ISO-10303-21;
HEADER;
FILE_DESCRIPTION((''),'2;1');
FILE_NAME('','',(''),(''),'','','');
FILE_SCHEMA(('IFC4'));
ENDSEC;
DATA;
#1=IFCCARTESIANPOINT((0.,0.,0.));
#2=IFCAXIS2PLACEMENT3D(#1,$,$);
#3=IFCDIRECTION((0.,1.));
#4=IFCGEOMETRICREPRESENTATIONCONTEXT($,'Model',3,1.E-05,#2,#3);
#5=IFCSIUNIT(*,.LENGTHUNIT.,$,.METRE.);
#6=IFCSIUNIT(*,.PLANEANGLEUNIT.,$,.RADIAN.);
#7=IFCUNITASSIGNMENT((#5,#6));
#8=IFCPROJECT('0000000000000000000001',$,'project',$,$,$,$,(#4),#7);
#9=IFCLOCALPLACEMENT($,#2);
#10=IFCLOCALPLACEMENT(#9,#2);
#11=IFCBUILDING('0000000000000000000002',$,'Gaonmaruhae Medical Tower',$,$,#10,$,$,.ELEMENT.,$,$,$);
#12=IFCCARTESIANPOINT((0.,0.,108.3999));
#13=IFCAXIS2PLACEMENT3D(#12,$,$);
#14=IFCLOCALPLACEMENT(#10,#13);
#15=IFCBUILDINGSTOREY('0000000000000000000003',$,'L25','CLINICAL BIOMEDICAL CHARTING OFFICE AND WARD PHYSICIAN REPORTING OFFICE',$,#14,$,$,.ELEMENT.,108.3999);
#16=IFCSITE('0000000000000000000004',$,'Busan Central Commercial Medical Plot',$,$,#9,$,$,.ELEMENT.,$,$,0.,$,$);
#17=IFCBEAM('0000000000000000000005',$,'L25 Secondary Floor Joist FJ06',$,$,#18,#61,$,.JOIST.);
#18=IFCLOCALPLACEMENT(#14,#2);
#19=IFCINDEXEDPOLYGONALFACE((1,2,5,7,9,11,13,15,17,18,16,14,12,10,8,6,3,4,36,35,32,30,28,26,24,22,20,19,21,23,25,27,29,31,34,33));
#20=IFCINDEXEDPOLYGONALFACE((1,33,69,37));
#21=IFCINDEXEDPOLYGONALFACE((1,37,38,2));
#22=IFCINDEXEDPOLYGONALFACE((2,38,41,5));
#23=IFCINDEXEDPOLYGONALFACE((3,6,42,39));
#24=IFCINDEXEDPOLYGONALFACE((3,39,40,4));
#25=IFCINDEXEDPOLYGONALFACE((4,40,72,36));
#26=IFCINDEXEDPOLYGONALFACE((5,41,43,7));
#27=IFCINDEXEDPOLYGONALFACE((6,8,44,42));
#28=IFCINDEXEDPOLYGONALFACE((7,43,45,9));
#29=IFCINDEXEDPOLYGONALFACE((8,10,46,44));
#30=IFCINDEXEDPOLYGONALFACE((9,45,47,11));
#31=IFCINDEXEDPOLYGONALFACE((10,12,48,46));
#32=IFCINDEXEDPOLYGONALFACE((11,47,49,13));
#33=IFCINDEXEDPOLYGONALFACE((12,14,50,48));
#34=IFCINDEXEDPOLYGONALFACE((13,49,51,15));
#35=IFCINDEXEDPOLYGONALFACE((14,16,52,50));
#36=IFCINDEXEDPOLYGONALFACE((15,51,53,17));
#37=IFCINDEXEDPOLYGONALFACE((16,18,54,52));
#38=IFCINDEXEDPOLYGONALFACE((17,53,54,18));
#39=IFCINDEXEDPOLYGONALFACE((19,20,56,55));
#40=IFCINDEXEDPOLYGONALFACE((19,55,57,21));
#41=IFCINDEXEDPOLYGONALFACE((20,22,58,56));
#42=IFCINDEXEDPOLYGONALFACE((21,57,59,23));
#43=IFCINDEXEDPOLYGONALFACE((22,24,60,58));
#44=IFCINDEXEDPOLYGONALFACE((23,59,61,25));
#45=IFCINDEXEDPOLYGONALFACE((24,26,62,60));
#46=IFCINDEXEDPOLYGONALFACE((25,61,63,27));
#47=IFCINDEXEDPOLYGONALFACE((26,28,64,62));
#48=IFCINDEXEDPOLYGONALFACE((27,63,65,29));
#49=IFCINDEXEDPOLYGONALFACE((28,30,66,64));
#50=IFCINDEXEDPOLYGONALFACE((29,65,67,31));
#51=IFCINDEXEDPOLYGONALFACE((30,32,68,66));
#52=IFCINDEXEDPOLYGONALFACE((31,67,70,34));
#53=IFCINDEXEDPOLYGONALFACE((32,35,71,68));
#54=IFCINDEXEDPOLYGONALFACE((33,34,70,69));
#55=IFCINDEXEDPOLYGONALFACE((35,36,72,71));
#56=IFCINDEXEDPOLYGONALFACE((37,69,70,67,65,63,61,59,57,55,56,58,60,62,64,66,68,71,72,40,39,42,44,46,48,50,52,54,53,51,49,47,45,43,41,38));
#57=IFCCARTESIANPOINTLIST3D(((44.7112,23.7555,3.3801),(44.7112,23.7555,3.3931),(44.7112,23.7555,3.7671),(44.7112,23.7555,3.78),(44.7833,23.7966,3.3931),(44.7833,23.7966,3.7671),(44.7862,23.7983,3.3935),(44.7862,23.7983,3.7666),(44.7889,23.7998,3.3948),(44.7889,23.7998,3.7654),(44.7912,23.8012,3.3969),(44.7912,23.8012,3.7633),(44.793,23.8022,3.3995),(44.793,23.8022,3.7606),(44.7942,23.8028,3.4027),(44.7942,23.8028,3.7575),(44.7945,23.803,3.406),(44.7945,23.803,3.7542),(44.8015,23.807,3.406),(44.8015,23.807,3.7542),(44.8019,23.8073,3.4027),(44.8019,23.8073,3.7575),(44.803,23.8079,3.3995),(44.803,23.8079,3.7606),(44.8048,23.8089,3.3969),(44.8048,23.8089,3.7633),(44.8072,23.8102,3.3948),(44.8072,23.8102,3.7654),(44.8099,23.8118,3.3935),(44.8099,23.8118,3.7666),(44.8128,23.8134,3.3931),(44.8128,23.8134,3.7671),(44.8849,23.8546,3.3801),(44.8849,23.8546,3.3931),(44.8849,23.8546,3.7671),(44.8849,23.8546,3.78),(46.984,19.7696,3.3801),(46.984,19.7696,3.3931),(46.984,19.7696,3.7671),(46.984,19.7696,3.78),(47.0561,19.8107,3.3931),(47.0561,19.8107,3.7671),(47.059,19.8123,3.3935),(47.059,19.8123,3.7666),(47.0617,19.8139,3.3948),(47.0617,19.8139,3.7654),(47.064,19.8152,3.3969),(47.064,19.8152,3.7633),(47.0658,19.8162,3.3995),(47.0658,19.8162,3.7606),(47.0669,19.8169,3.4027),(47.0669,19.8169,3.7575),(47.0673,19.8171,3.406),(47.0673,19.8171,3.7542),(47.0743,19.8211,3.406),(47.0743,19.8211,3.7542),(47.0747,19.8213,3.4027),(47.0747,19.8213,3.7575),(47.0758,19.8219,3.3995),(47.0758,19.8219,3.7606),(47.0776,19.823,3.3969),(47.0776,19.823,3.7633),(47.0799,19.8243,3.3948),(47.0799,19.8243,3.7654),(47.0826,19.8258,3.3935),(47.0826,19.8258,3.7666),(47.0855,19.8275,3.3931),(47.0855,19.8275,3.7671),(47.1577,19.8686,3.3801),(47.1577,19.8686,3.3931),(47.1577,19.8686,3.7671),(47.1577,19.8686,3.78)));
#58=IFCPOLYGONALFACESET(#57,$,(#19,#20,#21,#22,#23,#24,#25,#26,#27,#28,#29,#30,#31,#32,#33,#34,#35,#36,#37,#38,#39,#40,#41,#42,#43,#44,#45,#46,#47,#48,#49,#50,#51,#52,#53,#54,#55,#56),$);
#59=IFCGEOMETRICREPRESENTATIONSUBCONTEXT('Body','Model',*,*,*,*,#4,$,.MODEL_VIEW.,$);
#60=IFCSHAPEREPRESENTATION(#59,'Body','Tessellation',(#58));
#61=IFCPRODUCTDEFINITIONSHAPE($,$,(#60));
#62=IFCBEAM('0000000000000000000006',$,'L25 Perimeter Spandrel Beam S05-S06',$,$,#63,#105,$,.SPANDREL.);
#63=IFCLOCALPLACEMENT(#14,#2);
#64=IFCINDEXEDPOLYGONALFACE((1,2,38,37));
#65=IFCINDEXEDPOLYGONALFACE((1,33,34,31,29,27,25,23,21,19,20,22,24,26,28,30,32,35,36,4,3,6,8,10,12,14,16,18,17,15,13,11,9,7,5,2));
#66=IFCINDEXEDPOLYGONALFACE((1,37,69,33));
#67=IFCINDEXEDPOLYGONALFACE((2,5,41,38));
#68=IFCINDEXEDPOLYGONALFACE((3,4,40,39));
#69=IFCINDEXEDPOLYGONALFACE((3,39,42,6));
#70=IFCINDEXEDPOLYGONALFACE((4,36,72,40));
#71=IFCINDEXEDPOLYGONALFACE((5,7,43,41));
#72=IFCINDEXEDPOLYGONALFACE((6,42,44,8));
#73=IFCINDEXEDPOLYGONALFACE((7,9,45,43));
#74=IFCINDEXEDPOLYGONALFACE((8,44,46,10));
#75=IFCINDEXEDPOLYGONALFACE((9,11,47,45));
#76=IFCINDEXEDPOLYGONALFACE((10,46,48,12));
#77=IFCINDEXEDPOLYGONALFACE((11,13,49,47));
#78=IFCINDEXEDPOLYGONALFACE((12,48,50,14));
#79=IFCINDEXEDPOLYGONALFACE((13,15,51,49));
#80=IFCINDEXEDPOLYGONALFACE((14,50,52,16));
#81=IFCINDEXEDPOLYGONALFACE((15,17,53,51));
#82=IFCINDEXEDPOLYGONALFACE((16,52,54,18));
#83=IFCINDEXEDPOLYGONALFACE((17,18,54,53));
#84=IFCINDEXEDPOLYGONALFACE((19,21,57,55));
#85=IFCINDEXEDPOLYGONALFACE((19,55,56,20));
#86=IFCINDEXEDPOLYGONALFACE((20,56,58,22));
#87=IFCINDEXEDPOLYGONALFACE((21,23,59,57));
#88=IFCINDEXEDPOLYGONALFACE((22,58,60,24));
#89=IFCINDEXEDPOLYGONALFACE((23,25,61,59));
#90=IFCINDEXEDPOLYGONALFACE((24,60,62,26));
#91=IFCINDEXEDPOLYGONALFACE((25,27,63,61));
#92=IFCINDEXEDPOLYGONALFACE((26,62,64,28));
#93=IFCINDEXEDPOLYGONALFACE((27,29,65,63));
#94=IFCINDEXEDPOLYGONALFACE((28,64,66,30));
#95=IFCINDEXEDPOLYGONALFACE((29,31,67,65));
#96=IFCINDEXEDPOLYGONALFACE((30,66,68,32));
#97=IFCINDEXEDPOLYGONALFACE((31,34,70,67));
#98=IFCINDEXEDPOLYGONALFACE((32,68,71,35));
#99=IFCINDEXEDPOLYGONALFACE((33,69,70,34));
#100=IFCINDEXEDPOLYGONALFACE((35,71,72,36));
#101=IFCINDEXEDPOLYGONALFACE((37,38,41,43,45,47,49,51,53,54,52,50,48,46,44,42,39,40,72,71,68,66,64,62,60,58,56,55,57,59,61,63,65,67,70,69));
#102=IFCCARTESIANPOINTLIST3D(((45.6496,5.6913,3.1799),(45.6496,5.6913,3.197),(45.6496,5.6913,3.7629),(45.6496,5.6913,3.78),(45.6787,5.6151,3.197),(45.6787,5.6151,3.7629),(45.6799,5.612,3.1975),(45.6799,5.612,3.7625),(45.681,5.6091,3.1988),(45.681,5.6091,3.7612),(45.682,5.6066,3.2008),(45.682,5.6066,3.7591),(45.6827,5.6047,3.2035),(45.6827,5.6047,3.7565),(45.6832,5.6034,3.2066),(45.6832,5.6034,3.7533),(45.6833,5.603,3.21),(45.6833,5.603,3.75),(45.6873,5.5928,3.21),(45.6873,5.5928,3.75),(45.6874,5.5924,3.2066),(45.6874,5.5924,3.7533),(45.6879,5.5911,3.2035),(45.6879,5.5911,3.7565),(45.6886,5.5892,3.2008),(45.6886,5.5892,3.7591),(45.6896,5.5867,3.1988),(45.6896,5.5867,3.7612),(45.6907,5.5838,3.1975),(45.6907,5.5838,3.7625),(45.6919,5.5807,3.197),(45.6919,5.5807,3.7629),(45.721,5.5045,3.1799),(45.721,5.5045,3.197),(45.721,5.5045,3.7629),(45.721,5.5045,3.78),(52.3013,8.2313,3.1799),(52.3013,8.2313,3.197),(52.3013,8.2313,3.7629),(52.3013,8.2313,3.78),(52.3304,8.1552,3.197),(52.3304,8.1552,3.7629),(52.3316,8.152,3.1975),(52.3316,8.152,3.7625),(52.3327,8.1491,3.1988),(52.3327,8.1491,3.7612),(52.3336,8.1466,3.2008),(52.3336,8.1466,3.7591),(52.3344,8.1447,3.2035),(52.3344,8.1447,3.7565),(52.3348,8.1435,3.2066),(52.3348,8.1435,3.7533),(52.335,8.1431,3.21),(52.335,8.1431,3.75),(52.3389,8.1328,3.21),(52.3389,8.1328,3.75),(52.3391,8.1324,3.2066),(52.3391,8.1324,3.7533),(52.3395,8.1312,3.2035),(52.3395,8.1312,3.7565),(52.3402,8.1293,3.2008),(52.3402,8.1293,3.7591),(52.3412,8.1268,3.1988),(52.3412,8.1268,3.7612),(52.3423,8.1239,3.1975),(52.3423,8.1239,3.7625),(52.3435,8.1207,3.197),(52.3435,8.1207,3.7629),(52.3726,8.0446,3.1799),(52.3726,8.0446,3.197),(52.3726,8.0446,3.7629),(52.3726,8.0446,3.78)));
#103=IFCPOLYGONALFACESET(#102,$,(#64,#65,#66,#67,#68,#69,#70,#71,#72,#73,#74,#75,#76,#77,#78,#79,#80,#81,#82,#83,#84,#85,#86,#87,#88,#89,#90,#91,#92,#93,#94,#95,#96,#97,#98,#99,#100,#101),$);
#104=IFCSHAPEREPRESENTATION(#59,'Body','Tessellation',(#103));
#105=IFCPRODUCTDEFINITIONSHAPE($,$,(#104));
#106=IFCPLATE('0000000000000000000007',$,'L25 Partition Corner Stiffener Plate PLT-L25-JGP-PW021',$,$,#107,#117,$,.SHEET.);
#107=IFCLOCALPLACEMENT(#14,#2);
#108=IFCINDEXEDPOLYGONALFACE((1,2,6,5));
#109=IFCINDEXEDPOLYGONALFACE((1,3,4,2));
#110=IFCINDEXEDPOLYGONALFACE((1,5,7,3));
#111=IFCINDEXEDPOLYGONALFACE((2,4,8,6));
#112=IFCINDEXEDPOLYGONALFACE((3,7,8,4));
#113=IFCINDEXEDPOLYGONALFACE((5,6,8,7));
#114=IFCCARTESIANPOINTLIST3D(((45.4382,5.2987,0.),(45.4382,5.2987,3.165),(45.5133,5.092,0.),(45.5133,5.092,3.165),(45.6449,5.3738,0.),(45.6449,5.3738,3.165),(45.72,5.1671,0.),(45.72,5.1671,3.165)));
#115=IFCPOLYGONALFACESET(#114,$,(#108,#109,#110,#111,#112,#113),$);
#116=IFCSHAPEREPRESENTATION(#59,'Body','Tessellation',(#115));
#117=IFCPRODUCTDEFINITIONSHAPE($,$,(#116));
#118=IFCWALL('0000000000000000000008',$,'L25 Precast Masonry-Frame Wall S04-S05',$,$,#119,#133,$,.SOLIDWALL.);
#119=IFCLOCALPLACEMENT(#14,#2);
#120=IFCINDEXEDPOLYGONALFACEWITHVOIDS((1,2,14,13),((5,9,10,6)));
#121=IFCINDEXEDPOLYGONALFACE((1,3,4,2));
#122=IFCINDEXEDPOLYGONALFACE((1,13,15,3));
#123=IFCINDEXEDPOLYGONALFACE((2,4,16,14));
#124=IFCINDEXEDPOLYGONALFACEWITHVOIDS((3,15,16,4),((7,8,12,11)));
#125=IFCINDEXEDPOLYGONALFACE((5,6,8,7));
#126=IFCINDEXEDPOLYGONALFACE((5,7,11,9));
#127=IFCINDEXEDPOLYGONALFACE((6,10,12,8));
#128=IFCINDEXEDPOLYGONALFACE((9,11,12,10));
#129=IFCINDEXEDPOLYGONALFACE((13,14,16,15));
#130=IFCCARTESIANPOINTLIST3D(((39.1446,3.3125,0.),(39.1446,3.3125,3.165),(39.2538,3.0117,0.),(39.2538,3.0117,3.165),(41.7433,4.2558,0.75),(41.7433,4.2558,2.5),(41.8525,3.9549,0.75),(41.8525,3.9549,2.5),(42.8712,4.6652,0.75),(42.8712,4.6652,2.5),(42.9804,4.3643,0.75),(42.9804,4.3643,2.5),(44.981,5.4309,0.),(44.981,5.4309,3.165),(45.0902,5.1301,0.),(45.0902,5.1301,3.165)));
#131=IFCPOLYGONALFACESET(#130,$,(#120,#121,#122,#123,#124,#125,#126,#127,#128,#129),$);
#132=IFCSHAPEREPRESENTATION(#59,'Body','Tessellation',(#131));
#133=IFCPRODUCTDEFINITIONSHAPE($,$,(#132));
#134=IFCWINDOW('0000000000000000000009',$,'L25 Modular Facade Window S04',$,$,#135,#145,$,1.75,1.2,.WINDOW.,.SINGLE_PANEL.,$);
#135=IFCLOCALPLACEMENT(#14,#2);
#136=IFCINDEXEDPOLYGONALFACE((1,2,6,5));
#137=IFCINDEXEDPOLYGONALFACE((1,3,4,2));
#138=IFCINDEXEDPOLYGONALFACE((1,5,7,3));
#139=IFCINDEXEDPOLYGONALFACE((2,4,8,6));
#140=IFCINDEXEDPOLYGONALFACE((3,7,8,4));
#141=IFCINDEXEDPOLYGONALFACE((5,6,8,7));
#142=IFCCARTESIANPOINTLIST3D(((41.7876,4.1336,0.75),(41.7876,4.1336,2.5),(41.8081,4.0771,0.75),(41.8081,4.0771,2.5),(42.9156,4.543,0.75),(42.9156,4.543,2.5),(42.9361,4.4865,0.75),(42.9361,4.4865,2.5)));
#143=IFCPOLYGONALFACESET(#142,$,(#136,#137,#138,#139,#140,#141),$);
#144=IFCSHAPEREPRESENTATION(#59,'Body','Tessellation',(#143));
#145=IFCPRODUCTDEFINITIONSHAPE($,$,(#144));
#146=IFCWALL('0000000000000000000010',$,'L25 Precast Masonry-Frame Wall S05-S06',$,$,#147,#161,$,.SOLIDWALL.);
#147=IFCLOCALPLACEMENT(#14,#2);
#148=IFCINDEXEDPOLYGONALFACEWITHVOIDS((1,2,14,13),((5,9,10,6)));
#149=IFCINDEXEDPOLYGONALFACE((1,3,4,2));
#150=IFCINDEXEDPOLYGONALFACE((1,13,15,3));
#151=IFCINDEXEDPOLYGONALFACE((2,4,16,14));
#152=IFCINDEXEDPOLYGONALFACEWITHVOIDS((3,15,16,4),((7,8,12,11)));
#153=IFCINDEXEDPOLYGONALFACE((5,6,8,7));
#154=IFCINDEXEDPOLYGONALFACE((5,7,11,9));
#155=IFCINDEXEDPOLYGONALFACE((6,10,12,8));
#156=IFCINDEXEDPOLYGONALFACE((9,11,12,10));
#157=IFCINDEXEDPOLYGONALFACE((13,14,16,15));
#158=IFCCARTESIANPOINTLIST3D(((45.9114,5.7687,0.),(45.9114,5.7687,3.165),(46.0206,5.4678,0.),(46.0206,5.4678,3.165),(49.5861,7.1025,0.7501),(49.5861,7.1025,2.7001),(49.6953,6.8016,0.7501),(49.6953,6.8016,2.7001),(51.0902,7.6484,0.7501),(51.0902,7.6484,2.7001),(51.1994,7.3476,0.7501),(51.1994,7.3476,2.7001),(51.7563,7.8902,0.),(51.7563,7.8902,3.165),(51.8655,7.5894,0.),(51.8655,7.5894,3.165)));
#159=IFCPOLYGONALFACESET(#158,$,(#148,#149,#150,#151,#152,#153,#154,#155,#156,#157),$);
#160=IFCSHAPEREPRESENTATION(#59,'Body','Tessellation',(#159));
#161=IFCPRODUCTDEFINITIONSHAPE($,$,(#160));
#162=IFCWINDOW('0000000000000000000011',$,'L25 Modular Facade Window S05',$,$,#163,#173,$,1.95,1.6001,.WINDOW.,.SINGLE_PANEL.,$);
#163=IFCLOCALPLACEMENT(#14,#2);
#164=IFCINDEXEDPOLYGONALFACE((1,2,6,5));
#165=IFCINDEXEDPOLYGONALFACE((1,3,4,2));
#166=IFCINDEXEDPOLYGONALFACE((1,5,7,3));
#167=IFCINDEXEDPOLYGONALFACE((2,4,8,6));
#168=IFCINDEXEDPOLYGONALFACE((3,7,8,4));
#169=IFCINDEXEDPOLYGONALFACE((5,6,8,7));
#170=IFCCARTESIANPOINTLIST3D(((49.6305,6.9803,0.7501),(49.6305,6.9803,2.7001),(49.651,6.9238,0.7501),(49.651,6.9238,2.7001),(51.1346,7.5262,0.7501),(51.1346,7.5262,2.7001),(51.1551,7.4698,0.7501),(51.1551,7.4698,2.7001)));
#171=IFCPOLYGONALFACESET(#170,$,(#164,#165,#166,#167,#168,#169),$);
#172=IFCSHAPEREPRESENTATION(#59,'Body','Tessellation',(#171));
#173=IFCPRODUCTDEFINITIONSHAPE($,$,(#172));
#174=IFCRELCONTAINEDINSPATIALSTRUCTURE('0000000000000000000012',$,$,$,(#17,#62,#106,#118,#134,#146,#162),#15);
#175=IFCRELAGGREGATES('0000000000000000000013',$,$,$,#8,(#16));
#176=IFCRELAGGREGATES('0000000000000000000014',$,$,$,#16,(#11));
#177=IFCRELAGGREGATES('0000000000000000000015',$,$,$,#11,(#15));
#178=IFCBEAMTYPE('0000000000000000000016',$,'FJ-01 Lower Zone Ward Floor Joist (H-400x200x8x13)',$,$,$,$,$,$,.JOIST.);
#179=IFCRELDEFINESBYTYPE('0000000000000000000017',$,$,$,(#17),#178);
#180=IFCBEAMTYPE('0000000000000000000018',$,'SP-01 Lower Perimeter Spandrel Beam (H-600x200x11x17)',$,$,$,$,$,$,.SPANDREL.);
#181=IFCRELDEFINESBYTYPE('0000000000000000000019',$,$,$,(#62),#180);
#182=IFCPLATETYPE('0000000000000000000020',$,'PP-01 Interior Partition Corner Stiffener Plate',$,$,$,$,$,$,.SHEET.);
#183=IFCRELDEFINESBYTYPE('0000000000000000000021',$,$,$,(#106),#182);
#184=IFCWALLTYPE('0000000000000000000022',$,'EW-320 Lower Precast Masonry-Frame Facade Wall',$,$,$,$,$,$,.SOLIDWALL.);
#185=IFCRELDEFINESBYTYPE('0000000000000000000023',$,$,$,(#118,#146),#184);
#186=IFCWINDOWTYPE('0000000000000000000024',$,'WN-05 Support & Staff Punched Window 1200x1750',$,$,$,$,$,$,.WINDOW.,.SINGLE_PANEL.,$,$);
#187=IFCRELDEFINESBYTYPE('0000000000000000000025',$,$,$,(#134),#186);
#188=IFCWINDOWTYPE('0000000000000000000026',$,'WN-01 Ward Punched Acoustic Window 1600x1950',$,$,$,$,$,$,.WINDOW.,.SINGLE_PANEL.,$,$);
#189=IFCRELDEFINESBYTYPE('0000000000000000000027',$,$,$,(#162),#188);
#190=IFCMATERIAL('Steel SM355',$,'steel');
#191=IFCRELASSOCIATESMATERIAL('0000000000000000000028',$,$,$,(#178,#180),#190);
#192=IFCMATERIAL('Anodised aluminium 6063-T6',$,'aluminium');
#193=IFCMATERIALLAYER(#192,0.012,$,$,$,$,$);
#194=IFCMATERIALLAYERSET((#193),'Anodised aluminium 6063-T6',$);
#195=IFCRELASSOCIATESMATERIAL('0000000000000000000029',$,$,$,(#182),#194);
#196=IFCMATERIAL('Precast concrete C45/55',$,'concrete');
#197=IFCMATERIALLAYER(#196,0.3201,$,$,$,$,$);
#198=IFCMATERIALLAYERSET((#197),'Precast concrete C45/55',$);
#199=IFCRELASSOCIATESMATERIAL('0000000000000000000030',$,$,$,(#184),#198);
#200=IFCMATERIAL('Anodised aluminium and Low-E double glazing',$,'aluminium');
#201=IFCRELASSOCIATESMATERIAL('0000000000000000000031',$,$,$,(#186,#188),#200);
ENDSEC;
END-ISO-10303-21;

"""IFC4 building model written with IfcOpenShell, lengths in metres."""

from ifc_helpers import new_model, si_unit, direction, frame, frame_2d, origin, origin_2d, place, context, subcontext, project, spatial, rectangle, i_section, extrude, material, layer, layer_set, material_profile, profile_set, type_object, element, fill, save


model = new_model("IFC4")

# Units and contexts
model_context = context("Model", 3, precision=1e-05, world=origin(), true_north=direction((0.0, 1.0)))
body_context = subcontext(model_context, "Body", "Model", "MODEL_VIEW")
ifc_project = project(units=[si_unit("LENGTHUNIT", "METRE"), si_unit("PLANEANGLEUNIT", "RADIAN")], contexts=[model_context])

# Site, building, storey
site_placement = place(None, origin())
site = spatial("IfcSite", under=ifc_project, at=site_placement, Name="Busan Central Commercial Medical Plot", CompositionType="ELEMENT", RefElevation=0.0)
building_placement = place(site_placement, origin())
building = spatial("IfcBuilding", under=site, at=building_placement, Name="Gaonmaruhae Medical Tower", CompositionType="ELEMENT")
storey_placement = place(building_placement, frame((0.0, 0.0, 108.3999)))
storey = spatial("IfcBuildingStorey", under=building, at=storey_placement, Name="L25", Description="CLINICAL BIOMEDICAL CHARTING OFFICE AND WARD PHYSICIAN REPORTING OFFICE", CompositionType="ELEMENT", Elevation=108.3999)

# Beams
ifc_material_1 = material(Name="Steel SM355", Category="steel")
ifc_material_profile_1 = material_profile(ifc_material_1, i_section(OverallWidth=0.2, OverallDepth=0.3999, WebThickness=0.0081, FlangeThickness=0.0129, FilletRadius=0.0129, at=origin_2d()), Name="H-400x200x8x13")
ifc_profile_set_1 = profile_set([ifc_material_profile_1], Name="Steel SM355")
beam_type_1 = type_object("IfcBeamType", Name="FJ-01 Lower Zone Ward Floor Joist (H-400x200x8x13)", PredefinedType="JOIST", material=ifc_profile_set_1)
beam_1_placement = place(storey_placement, frame((47.0708, 19.8191, 3.5801), z_axis=(-0.495331, 0.868704, 0.0), x_axis=(-0.868704, -0.495331, 0.0)))
element("IfcBeam", 1, at=beam_1_placement, inside=storey, type_object=beam_type_1, Name="L25 Secondary Floor Joist FJ06", PredefinedType="JOIST", context=body_context, shape_type="SweptSolid", body=[
    extrude(i_section(OverallWidth=0.2, OverallDepth=0.3999, WebThickness=0.0081, FlangeThickness=0.0129, FilletRadius=0.0129, at=origin_2d()), origin(), (0.0, 0.0, 1.0), 4.5884),
])
ifc_material_profile_2 = material_profile(ifc_material_1, i_section(OverallWidth=0.2, OverallDepth=0.6001, WebThickness=0.011, FlangeThickness=0.0171, FilletRadius=0.0129, at=origin_2d()), Name="H-600x200x11x17")
ifc_profile_set_2 = profile_set([ifc_material_profile_2], Name="Steel SM355")
beam_type_2 = type_object("IfcBeamType", Name="SP-01 Lower Perimeter Spandrel Beam (H-600x200x11x17)", PredefinedType="SPANDREL", material=ifc_profile_set_2)
beam_2_placement = place(storey_placement, frame((45.6853, 5.5979, 3.48), z_axis=(0.934203, 0.356742, 0.0), x_axis=(-0.356742, 0.934203, 0.0)))
element("IfcBeam", 2, at=beam_2_placement, inside=storey, type_object=beam_type_2, Name="L25 Perimeter Spandrel Beam S05-S06", PredefinedType="SPANDREL", context=body_context, shape_type="SweptSolid", body=[
    extrude(i_section(OverallWidth=0.2, OverallDepth=0.6001, WebThickness=0.011, FlangeThickness=0.0171, FilletRadius=0.0129, at=origin_2d()), origin(), (0.0, 0.0, 1.0), 7.1201),
])

# Plate
ifc_material_2 = material(Name="Anodised aluminium 6063-T6", Category="aluminium")
ifc_layer_1 = layer(ifc_material_2, 0.012)
ifc_layer_set_1 = layer_set([ifc_layer_1], Name="Anodised aluminium 6063-T6")
plate_type = type_object("IfcPlateType", Name="PP-01 Interior Partition Corner Stiffener Plate", PredefinedType="SHEET", material=ifc_layer_set_1)
plate_placement = place(storey_placement, frame((45.5791, 5.2329, 0.0), z_axis=(0.0, 0.0, 1.0), x_axis=(-0.939854, -0.341577, 0.0)))
element("IfcPlate", 3, at=plate_placement, inside=storey, type_object=plate_type, Name="L25 Partition Corner Stiffener Plate PLT-L25-JGP-PW021", PredefinedType="SHEET", context=body_context, shape_type="SweptSolid", body=[
    extrude(rectangle(XDim=0.22, YDim=0.22, at=origin_2d()), origin(), (0.0, 0.0, 1.0), 3.165),
])

# Walls, openings, windows
ifc_material_3 = material(Name="Precast concrete C45/55", Category="concrete")
ifc_layer_2 = layer(ifc_material_3, 0.3201)
ifc_layer_set_2 = layer_set([ifc_layer_2], Name="Precast concrete C45/55")
wall_type_1 = type_object("IfcWallType", Name="EW-320 Lower Precast Masonry-Frame Facade Wall", PredefinedType="SOLIDWALL", material=ifc_layer_set_2)
wall_1_placement = place(storey_placement, frame((45.0356, 5.2805, 0.0), z_axis=(0.0, 0.0, 1.0), x_axis=(-0.939996, -0.341184, 0.0)))
wall_1 = element("IfcWall", 4, at=wall_1_placement, inside=storey, type_object=wall_type_1, Name="L25 Precast Masonry-Frame Wall S04-S05", PredefinedType="SOLIDWALL", context=body_context, shape_type="SweptSolid", body=[
    extrude(rectangle(XDim=6.209, YDim=0.3201, at=frame_2d((3.1045, 0.0))), origin(), (0.0, 0.0, 1.0), 3.165),
])
opening_1_placement = place(wall_1_placement, frame((2.2444, 0.0, 0.75)))
opening_1 = element("IfcOpeningElement", 5, at=opening_1_placement, cuts=wall_1, PredefinedType="OPENING", context=body_context, shape_type="SweptSolid", body=[
    extrude(rectangle(XDim=1.2, YDim=1.75, at=frame_2d((0.6001, 0.875))), frame((0.0, 0.1699, 0.0), z_axis=(0.0, -1.0, 0.0), x_axis=(1.0, 0.0, 0.0)), (0.0, 0.0, 1.0), 0.3401),
])
ifc_material_4 = material(Name="Anodised aluminium and Low-E double glazing", Category="aluminium")
window_type_1 = type_object("IfcWindowType", Name="WN-05 Support & Staff Punched Window 1200x1750", PartitioningType="SINGLE_PANEL", PredefinedType="WINDOW", material=ifc_material_4)
window_1_placement = place(opening_1_placement, origin())
window_1 = element("IfcWindow", 6, at=window_1_placement, inside=storey, type_object=window_type_1, Name="L25 Modular Facade Window S04", OverallHeight=1.75, OverallWidth=1.2, PartitioningType="SINGLE_PANEL", PredefinedType="WINDOW", context=body_context, shape_type="SweptSolid", body=[
    extrude(rectangle(XDim=1.2, YDim=1.75, at=frame_2d((0.6001, 0.875))), frame((0.0, 0.03, 0.0), z_axis=(0.0, -1.0, 0.0), x_axis=(1.0, 0.0, 0.0)), (0.0, 0.0, 1.0), 0.0601),
])
fill(opening_1, window_1)
wall_2_placement = place(storey_placement, frame((51.8108, 7.7397, 0.0), z_axis=(0.0, 0.0, 1.0), x_axis=(-0.939993, -0.341194, 0.0)))
wall_2 = element("IfcWall", 7, at=wall_2_placement, inside=storey, type_object=wall_type_1, Name="L25 Precast Masonry-Frame Wall S05-S06", PredefinedType="SOLIDWALL", context=body_context, shape_type="SweptSolid", body=[
    extrude(rectangle(XDim=6.218, YDim=0.3201, at=frame_2d((3.1089, 0.0))), origin(), (0.0, 0.0, 1.0), 3.165),
])
opening_2_placement = place(wall_2_placement, frame((0.7085, 0.0, 0.75)))
opening_2 = element("IfcOpeningElement", 8, at=opening_2_placement, cuts=wall_2, PredefinedType="OPENING", context=body_context, shape_type="SweptSolid", body=[
    extrude(rectangle(XDim=1.6001, YDim=1.95, at=frame_2d((0.8, 0.9751))), frame((0.0, 0.1699, 0.0), z_axis=(0.0, -1.0, 0.0), x_axis=(1.0, 0.0, 0.0)), (0.0, 0.0, 1.0), 0.3401),
])
window_type_2 = type_object("IfcWindowType", Name="WN-01 Ward Punched Acoustic Window 1600x1950", PartitioningType="SINGLE_PANEL", PredefinedType="WINDOW", material=ifc_material_4)
window_2_placement = place(opening_2_placement, origin())
window_2 = element("IfcWindow", 9, at=window_2_placement, inside=storey, type_object=window_type_2, Name="L25 Modular Facade Window S05", OverallHeight=1.95, OverallWidth=1.6001, PartitioningType="SINGLE_PANEL", PredefinedType="WINDOW", context=body_context, shape_type="SweptSolid", body=[
    extrude(rectangle(XDim=1.6001, YDim=1.95, at=frame_2d((0.8, 0.9751))), frame((0.0, 0.03, 0.0), z_axis=(0.0, -1.0, 0.0), x_axis=(1.0, 0.0, 0.0)), (0.0, 0.0, 1.0), 0.0601),
])
fill(opening_2, window_2)

save(model, "model.ifc")
